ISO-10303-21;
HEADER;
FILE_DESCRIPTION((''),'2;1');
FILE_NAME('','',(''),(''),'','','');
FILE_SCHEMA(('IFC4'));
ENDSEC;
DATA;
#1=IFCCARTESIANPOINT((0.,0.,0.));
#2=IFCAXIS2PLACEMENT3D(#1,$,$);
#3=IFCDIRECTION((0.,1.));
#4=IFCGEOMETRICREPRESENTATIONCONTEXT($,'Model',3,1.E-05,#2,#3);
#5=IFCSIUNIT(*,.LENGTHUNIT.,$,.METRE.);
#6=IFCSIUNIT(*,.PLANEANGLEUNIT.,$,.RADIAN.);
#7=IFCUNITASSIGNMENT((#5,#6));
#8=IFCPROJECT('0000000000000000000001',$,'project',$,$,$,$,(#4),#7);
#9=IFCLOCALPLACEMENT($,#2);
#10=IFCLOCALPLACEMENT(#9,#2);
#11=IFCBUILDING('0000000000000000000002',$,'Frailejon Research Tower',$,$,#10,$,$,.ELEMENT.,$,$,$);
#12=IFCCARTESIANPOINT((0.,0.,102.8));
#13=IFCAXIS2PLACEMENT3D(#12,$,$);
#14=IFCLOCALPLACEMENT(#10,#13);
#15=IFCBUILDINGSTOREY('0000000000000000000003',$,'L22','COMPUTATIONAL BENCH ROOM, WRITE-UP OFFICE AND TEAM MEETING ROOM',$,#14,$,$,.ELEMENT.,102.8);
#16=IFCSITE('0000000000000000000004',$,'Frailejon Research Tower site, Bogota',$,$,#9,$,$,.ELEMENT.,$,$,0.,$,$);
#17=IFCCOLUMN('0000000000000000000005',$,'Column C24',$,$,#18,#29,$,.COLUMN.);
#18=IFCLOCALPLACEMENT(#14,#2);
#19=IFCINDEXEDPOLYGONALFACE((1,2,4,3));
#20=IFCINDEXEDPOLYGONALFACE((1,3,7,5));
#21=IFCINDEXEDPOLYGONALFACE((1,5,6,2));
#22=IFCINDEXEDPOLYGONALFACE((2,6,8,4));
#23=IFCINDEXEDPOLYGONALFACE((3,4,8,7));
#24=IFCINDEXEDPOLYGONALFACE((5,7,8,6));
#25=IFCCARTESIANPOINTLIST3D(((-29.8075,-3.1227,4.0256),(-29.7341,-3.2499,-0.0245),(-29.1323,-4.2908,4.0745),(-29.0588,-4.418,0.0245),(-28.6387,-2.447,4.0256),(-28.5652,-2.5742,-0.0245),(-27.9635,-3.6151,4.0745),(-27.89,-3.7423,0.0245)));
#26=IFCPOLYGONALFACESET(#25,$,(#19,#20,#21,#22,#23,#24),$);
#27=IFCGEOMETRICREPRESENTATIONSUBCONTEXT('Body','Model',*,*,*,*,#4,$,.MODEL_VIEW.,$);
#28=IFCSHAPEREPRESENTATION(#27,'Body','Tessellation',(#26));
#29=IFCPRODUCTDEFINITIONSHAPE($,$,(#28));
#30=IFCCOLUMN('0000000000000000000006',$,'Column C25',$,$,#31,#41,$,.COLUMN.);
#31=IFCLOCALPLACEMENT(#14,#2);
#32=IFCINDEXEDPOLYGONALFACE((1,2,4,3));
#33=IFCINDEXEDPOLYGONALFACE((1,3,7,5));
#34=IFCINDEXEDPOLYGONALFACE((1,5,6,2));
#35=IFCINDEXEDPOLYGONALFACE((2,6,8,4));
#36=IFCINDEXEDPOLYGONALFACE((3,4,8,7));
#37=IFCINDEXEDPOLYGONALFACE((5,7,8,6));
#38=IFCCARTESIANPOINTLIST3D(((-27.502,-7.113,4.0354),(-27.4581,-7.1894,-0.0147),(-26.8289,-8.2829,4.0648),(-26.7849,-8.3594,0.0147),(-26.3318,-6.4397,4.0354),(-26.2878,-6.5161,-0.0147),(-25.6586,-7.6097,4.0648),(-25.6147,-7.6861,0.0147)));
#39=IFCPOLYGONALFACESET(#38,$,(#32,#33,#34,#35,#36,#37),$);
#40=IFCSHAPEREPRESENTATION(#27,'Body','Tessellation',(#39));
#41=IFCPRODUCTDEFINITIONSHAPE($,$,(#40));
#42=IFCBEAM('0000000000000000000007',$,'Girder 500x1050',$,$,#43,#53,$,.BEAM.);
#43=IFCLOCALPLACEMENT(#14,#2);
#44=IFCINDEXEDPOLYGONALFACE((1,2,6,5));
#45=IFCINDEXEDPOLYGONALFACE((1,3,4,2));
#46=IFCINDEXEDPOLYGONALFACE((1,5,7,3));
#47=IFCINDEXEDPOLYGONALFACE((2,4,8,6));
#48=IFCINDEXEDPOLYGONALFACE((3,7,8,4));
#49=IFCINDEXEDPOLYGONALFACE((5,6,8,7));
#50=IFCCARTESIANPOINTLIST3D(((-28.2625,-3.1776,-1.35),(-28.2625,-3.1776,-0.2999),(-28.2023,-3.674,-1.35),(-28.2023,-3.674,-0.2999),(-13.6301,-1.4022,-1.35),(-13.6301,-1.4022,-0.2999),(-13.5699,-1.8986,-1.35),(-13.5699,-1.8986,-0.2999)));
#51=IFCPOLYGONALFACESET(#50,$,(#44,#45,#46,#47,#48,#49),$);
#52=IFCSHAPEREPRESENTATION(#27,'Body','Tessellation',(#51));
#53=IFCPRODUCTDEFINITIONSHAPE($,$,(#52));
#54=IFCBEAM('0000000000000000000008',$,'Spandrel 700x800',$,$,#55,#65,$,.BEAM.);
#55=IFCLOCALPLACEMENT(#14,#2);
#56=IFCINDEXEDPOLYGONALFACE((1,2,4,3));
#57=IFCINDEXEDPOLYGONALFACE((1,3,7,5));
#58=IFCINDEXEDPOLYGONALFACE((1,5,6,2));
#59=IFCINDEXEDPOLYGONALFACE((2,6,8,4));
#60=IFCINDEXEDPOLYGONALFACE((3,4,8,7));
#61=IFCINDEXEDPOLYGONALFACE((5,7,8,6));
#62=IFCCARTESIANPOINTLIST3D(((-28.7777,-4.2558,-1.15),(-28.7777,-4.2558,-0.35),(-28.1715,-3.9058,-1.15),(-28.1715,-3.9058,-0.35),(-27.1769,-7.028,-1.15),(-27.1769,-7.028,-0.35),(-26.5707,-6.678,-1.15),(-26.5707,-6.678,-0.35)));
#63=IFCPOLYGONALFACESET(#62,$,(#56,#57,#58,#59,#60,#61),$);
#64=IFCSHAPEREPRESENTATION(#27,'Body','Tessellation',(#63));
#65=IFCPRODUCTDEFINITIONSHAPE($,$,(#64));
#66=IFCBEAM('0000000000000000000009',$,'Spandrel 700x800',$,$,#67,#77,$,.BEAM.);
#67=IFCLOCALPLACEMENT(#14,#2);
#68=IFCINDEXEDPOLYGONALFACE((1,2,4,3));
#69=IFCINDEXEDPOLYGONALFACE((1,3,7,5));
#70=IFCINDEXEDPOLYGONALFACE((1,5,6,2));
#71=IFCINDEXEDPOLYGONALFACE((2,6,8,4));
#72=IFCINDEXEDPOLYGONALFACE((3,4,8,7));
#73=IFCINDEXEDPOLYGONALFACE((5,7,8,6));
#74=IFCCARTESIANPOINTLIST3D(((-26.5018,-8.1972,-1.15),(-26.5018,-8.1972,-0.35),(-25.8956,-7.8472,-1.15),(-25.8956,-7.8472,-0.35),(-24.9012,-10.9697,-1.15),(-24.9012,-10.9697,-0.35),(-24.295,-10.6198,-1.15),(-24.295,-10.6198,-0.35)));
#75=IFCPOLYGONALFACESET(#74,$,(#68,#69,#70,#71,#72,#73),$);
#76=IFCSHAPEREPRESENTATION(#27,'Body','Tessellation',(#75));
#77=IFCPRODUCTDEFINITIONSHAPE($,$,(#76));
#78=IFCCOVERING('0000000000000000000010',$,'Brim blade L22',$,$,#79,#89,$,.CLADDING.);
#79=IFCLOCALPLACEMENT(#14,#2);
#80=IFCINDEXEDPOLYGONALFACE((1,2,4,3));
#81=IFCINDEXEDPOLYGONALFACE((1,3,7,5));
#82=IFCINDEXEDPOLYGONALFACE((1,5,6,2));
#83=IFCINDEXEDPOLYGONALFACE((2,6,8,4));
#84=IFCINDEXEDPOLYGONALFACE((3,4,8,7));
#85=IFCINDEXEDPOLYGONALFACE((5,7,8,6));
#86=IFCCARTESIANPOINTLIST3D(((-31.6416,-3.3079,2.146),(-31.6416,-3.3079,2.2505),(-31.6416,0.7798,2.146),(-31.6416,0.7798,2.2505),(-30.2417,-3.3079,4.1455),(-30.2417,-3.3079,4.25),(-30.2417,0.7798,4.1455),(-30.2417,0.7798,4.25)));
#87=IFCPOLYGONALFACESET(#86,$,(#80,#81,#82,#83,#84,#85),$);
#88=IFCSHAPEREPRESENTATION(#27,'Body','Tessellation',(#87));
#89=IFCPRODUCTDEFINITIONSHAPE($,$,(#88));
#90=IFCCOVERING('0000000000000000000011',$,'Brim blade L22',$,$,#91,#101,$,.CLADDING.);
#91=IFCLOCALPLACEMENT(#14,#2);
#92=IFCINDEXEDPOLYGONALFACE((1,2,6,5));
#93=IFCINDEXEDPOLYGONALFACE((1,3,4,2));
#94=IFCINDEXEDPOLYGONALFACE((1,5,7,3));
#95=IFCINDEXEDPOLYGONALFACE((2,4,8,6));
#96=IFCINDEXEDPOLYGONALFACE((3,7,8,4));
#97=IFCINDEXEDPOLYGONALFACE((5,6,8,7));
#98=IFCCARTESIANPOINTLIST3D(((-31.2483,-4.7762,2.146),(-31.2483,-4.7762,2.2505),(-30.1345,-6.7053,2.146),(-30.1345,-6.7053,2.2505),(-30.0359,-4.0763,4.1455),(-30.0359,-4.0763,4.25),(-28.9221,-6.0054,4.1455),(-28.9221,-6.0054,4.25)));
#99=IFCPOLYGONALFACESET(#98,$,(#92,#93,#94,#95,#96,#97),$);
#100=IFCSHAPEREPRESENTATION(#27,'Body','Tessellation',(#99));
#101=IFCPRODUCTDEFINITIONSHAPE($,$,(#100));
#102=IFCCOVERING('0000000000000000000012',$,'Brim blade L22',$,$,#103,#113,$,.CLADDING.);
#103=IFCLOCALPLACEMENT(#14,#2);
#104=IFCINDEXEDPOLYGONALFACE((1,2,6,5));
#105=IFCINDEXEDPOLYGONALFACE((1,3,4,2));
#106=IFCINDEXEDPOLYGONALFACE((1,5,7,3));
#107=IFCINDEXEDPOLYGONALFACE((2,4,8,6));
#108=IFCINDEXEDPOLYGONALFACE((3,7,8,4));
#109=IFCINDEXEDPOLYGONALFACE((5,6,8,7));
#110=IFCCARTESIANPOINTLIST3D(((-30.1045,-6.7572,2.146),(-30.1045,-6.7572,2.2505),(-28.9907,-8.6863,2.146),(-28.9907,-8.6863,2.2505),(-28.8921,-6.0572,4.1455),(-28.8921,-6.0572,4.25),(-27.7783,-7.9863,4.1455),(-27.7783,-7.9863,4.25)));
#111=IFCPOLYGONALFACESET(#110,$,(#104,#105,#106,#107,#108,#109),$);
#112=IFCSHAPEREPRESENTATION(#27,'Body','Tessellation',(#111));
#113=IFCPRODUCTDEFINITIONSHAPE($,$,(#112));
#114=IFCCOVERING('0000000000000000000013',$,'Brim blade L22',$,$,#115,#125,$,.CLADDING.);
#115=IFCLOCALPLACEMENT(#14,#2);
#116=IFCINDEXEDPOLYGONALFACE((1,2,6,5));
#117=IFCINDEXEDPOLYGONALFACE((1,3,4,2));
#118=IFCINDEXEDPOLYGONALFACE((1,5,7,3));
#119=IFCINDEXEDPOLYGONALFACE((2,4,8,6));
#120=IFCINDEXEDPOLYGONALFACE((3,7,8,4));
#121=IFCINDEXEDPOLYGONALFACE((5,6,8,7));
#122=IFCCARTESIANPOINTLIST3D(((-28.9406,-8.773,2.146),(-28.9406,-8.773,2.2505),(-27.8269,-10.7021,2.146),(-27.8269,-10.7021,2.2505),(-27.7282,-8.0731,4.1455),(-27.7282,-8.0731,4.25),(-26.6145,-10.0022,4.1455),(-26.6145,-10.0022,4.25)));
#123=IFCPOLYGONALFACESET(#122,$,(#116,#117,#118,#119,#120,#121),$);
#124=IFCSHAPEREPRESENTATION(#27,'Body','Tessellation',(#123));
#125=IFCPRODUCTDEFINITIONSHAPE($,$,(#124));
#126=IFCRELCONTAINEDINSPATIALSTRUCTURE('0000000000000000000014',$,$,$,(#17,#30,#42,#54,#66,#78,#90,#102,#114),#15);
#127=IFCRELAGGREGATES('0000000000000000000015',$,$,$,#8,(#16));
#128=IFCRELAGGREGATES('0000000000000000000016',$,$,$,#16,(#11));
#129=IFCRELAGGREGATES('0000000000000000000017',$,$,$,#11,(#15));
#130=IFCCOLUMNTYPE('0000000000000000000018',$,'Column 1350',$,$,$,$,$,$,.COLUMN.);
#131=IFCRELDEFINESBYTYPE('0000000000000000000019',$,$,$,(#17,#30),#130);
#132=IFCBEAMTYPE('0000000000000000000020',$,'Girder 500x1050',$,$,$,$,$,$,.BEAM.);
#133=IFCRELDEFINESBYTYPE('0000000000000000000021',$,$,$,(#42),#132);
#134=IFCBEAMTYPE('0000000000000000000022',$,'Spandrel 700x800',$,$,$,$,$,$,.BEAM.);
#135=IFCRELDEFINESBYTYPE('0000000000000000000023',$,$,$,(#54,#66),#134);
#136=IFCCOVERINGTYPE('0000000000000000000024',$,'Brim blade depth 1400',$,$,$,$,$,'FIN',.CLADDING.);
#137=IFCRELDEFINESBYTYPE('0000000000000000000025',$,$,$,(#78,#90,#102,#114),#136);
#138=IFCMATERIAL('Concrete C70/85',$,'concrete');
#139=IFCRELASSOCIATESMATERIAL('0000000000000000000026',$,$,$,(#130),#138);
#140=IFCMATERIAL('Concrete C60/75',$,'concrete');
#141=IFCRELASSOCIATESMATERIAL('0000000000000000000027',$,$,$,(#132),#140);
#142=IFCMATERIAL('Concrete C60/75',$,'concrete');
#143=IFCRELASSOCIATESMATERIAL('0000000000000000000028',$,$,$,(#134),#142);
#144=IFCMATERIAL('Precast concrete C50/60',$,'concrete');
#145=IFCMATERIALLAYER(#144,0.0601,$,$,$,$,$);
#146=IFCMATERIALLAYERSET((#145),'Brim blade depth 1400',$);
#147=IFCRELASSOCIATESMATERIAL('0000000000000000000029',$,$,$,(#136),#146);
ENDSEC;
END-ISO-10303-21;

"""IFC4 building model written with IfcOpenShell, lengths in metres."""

from ifc_helpers import new_model, si_unit, direction, frame, origin, origin_2d, place, context, subcontext, project, spatial, polyline, rectangle, outline, extrude, material, layer, layer_set, material_profile, profile_set, type_object, element, save


model = new_model("IFC4")

# Units and contexts
model_context = context("Model", 3, precision=1e-05, world=origin(), true_north=direction((0.0, 1.0)))
body_context = subcontext(model_context, "Body", "Model", "MODEL_VIEW")
ifc_project = project(units=[si_unit("LENGTHUNIT", "METRE"), si_unit("PLANEANGLEUNIT", "RADIAN")], contexts=[model_context])

# Site, building, storey
site_placement = place(None, origin())
site = spatial("IfcSite", under=ifc_project, at=site_placement, Name="Frailejon Research Tower site, Bogota", CompositionType="ELEMENT", RefElevation=0.0)
building_placement = place(site_placement, origin())
building = spatial("IfcBuilding", under=site, at=building_placement, Name="Frailejon Research Tower", CompositionType="ELEMENT")
storey_placement = place(building_placement, frame((0.0, 0.0, 102.8)))
storey = spatial("IfcBuildingStorey", under=building, at=storey_placement, Name="L22", Description="COMPUTATIONAL BENCH ROOM, WRITE-UP OFFICE AND TEAM MEETING ROOM", CompositionType="ELEMENT", Elevation=102.8)

# Columns
ifc_material_1 = material(Name="Concrete C70/85", Category="concrete")
ifc_material_profile_1 = material_profile(ifc_material_1, rectangle(XDim=1.3501, YDim=1.3501, at=origin_2d()), Name="Column 1350")
ifc_profile_set_1 = profile_set([ifc_material_profile_1], Name="Concrete C70/85")
column_type = type_object("IfcColumnType", Name="Column 1350", PredefinedType="COLUMN", material=ifc_profile_set_1)
column_1_placement = place(storey_placement, frame((-28.812, -3.4961, 0.0), z_axis=(-0.018133, 0.031386, 0.999343), x_axis=(0.500145, -0.865183, 0.036247)))
element("IfcColumn", 1, at=column_1_placement, inside=storey, type_object=column_type, Name="Column C24", PredefinedType="COLUMN", context=body_context, shape_type="SweptSolid", body=[
    extrude(rectangle(XDim=1.3501, YDim=1.3501, at=origin_2d()), origin(), (0.0, 0.0, 1.0), 4.0527),
])
column_2_placement = place(storey_placement, frame((-26.5364, -7.4377, 0.0), z_axis=(-0.010848, 0.018863, 0.999763), x_axis=(0.498562, -0.866581, 0.02176)))
element("IfcColumn", 2, at=column_2_placement, inside=storey, type_object=column_type, Name="Column C25", PredefinedType="COLUMN", context=body_context, shape_type="SweptSolid", body=[
    extrude(rectangle(XDim=1.3501, YDim=1.3501, at=origin_2d()), origin(), (0.0, 0.0, 1.0), 4.051),
])

# Beams
ifc_material_2 = material(Name="Concrete C60/75", Category="concrete")
ifc_material_profile_2 = material_profile(ifc_material_2, rectangle(XDim=0.5, YDim=1.05, at=origin_2d()), Name="Girder 500x1050")
ifc_profile_set_2 = profile_set([ifc_material_profile_2], Name="Concrete C60/75")
beam_type_1 = type_object("IfcBeamType", Name="Girder 500x1050", PredefinedType="BEAM", material=ifc_profile_set_2)
beam_1_placement = place(storey_placement, frame((-28.2324, -3.4258, -0.825), z_axis=(0.992719, 0.12045, 0.0), x_axis=(-0.12045, 0.992719, 0.0)))
element("IfcBeam", 3, at=beam_1_placement, inside=storey, type_object=beam_type_1, Name="Girder 500x1050", PredefinedType="BEAM", context=body_context, shape_type="SweptSolid", body=[
    extrude(rectangle(XDim=0.5, YDim=1.05, at=origin_2d()), origin(), (0.0, 0.0, 1.0), 14.7397),
])
ifc_material_3 = material(Name="Concrete C60/75", Category="concrete")
ifc_material_profile_3 = material_profile(ifc_material_3, rectangle(XDim=0.7, YDim=0.8, at=origin_2d()), Name="Spandrel 700x800")
ifc_profile_set_3 = profile_set([ifc_material_profile_3], Name="Concrete C60/75")
beam_type_2 = type_object("IfcBeamType", Name="Spandrel 700x800", PredefinedType="BEAM", material=ifc_profile_set_3)
beam_2_placement = place(storey_placement, frame((-28.4746, -4.0808, -0.75), z_axis=(0.500068, -0.865986, 0.0), x_axis=(0.865986, 0.500068, 0.0)))
element("IfcBeam", 4, at=beam_2_placement, inside=storey, type_object=beam_type_2, Name="Spandrel 700x800", PredefinedType="BEAM", context=body_context, shape_type="SweptSolid", body=[
    extrude(rectangle(XDim=0.7, YDim=0.8, at=origin_2d()), origin(), (0.0, 0.0, 1.0), 3.2012),
])
beam_3_placement = place(storey_placement, frame((-26.1987, -8.0222, -0.75), z_axis=(0.499978, -0.866038, 0.0), x_axis=(0.866038, 0.499978, 0.0)))
element("IfcBeam", 5, at=beam_3_placement, inside=storey, type_object=beam_type_2, Name="Spandrel 700x800", PredefinedType="BEAM", context=body_context, shape_type="SweptSolid", body=[
    extrude(rectangle(XDim=0.7, YDim=0.8, at=origin_2d()), origin(), (0.0, 0.0, 1.0), 3.2014),
])

# Coverings
ifc_material_4 = material(Name="Precast concrete C50/60", Category="concrete")
ifc_layer = layer(ifc_material_4, 0.0601)
ifc_layer_set = layer_set([ifc_layer], Name="Brim blade depth 1400")
covering_type = type_object("IfcCoveringType", Name="Brim blade depth 1400", ElementType="FIN", PredefinedType="CLADDING", material=ifc_layer_set)
covering_placement = place(storey_placement, frame((-30.2417, -3.3079, 4.25), z_axis=(0.0, 1.0, 0.0), x_axis=(-1.0, 0.0, 0.0)))
element("IfcCovering", 6, at=covering_placement, inside=storey, type_object=covering_type, Name="Brim blade L22", PredefinedType="CLADDING", context=body_context, shape_type="SweptSolid", body=[
    extrude(outline(polyline([(0.0, -0.1045), (1.3999, -2.104), (1.3999, -1.9995), (0.0, 0.0), (0.0, -0.1045)])), origin(), (0.0, 0.0, 1.0), 4.0876),
])
for number, where, z_axis, x_axis, name in (
    (7, (-28.9221, -6.0054, 4.25), (-0.500008, 0.866021, 0.0), (-0.866021, -0.500008, 0.0), "Brim blade L22"),
    (8, (-27.7783, -7.9863, 4.25), (-0.500008, 0.866021, 0.0), (-0.866021, -0.500008, 0.0), "Brim blade L22"),
    (9, (-26.6145, -10.0022, 4.25), (-0.499982, 0.866036, 0.0), (-0.866036, -0.499982, 0.0), "Brim blade L22"),
):
    element("IfcCovering", number, at=place(storey_placement, frame(where, z_axis=z_axis, x_axis=x_axis)), inside=storey, type_object=covering_type, Name=name, PredefinedType="CLADDING", context=body_context, shape_type="SweptSolid", body=[
        extrude(outline(polyline([(0.0, -0.1045), (1.3999, -2.104), (1.3999, -1.9995), (0.0, 0.0), (0.0, -0.1045)])), origin(), (0.0, 0.0, 1.0), 2.2275),
    ])

save(model, "model.ifc")
